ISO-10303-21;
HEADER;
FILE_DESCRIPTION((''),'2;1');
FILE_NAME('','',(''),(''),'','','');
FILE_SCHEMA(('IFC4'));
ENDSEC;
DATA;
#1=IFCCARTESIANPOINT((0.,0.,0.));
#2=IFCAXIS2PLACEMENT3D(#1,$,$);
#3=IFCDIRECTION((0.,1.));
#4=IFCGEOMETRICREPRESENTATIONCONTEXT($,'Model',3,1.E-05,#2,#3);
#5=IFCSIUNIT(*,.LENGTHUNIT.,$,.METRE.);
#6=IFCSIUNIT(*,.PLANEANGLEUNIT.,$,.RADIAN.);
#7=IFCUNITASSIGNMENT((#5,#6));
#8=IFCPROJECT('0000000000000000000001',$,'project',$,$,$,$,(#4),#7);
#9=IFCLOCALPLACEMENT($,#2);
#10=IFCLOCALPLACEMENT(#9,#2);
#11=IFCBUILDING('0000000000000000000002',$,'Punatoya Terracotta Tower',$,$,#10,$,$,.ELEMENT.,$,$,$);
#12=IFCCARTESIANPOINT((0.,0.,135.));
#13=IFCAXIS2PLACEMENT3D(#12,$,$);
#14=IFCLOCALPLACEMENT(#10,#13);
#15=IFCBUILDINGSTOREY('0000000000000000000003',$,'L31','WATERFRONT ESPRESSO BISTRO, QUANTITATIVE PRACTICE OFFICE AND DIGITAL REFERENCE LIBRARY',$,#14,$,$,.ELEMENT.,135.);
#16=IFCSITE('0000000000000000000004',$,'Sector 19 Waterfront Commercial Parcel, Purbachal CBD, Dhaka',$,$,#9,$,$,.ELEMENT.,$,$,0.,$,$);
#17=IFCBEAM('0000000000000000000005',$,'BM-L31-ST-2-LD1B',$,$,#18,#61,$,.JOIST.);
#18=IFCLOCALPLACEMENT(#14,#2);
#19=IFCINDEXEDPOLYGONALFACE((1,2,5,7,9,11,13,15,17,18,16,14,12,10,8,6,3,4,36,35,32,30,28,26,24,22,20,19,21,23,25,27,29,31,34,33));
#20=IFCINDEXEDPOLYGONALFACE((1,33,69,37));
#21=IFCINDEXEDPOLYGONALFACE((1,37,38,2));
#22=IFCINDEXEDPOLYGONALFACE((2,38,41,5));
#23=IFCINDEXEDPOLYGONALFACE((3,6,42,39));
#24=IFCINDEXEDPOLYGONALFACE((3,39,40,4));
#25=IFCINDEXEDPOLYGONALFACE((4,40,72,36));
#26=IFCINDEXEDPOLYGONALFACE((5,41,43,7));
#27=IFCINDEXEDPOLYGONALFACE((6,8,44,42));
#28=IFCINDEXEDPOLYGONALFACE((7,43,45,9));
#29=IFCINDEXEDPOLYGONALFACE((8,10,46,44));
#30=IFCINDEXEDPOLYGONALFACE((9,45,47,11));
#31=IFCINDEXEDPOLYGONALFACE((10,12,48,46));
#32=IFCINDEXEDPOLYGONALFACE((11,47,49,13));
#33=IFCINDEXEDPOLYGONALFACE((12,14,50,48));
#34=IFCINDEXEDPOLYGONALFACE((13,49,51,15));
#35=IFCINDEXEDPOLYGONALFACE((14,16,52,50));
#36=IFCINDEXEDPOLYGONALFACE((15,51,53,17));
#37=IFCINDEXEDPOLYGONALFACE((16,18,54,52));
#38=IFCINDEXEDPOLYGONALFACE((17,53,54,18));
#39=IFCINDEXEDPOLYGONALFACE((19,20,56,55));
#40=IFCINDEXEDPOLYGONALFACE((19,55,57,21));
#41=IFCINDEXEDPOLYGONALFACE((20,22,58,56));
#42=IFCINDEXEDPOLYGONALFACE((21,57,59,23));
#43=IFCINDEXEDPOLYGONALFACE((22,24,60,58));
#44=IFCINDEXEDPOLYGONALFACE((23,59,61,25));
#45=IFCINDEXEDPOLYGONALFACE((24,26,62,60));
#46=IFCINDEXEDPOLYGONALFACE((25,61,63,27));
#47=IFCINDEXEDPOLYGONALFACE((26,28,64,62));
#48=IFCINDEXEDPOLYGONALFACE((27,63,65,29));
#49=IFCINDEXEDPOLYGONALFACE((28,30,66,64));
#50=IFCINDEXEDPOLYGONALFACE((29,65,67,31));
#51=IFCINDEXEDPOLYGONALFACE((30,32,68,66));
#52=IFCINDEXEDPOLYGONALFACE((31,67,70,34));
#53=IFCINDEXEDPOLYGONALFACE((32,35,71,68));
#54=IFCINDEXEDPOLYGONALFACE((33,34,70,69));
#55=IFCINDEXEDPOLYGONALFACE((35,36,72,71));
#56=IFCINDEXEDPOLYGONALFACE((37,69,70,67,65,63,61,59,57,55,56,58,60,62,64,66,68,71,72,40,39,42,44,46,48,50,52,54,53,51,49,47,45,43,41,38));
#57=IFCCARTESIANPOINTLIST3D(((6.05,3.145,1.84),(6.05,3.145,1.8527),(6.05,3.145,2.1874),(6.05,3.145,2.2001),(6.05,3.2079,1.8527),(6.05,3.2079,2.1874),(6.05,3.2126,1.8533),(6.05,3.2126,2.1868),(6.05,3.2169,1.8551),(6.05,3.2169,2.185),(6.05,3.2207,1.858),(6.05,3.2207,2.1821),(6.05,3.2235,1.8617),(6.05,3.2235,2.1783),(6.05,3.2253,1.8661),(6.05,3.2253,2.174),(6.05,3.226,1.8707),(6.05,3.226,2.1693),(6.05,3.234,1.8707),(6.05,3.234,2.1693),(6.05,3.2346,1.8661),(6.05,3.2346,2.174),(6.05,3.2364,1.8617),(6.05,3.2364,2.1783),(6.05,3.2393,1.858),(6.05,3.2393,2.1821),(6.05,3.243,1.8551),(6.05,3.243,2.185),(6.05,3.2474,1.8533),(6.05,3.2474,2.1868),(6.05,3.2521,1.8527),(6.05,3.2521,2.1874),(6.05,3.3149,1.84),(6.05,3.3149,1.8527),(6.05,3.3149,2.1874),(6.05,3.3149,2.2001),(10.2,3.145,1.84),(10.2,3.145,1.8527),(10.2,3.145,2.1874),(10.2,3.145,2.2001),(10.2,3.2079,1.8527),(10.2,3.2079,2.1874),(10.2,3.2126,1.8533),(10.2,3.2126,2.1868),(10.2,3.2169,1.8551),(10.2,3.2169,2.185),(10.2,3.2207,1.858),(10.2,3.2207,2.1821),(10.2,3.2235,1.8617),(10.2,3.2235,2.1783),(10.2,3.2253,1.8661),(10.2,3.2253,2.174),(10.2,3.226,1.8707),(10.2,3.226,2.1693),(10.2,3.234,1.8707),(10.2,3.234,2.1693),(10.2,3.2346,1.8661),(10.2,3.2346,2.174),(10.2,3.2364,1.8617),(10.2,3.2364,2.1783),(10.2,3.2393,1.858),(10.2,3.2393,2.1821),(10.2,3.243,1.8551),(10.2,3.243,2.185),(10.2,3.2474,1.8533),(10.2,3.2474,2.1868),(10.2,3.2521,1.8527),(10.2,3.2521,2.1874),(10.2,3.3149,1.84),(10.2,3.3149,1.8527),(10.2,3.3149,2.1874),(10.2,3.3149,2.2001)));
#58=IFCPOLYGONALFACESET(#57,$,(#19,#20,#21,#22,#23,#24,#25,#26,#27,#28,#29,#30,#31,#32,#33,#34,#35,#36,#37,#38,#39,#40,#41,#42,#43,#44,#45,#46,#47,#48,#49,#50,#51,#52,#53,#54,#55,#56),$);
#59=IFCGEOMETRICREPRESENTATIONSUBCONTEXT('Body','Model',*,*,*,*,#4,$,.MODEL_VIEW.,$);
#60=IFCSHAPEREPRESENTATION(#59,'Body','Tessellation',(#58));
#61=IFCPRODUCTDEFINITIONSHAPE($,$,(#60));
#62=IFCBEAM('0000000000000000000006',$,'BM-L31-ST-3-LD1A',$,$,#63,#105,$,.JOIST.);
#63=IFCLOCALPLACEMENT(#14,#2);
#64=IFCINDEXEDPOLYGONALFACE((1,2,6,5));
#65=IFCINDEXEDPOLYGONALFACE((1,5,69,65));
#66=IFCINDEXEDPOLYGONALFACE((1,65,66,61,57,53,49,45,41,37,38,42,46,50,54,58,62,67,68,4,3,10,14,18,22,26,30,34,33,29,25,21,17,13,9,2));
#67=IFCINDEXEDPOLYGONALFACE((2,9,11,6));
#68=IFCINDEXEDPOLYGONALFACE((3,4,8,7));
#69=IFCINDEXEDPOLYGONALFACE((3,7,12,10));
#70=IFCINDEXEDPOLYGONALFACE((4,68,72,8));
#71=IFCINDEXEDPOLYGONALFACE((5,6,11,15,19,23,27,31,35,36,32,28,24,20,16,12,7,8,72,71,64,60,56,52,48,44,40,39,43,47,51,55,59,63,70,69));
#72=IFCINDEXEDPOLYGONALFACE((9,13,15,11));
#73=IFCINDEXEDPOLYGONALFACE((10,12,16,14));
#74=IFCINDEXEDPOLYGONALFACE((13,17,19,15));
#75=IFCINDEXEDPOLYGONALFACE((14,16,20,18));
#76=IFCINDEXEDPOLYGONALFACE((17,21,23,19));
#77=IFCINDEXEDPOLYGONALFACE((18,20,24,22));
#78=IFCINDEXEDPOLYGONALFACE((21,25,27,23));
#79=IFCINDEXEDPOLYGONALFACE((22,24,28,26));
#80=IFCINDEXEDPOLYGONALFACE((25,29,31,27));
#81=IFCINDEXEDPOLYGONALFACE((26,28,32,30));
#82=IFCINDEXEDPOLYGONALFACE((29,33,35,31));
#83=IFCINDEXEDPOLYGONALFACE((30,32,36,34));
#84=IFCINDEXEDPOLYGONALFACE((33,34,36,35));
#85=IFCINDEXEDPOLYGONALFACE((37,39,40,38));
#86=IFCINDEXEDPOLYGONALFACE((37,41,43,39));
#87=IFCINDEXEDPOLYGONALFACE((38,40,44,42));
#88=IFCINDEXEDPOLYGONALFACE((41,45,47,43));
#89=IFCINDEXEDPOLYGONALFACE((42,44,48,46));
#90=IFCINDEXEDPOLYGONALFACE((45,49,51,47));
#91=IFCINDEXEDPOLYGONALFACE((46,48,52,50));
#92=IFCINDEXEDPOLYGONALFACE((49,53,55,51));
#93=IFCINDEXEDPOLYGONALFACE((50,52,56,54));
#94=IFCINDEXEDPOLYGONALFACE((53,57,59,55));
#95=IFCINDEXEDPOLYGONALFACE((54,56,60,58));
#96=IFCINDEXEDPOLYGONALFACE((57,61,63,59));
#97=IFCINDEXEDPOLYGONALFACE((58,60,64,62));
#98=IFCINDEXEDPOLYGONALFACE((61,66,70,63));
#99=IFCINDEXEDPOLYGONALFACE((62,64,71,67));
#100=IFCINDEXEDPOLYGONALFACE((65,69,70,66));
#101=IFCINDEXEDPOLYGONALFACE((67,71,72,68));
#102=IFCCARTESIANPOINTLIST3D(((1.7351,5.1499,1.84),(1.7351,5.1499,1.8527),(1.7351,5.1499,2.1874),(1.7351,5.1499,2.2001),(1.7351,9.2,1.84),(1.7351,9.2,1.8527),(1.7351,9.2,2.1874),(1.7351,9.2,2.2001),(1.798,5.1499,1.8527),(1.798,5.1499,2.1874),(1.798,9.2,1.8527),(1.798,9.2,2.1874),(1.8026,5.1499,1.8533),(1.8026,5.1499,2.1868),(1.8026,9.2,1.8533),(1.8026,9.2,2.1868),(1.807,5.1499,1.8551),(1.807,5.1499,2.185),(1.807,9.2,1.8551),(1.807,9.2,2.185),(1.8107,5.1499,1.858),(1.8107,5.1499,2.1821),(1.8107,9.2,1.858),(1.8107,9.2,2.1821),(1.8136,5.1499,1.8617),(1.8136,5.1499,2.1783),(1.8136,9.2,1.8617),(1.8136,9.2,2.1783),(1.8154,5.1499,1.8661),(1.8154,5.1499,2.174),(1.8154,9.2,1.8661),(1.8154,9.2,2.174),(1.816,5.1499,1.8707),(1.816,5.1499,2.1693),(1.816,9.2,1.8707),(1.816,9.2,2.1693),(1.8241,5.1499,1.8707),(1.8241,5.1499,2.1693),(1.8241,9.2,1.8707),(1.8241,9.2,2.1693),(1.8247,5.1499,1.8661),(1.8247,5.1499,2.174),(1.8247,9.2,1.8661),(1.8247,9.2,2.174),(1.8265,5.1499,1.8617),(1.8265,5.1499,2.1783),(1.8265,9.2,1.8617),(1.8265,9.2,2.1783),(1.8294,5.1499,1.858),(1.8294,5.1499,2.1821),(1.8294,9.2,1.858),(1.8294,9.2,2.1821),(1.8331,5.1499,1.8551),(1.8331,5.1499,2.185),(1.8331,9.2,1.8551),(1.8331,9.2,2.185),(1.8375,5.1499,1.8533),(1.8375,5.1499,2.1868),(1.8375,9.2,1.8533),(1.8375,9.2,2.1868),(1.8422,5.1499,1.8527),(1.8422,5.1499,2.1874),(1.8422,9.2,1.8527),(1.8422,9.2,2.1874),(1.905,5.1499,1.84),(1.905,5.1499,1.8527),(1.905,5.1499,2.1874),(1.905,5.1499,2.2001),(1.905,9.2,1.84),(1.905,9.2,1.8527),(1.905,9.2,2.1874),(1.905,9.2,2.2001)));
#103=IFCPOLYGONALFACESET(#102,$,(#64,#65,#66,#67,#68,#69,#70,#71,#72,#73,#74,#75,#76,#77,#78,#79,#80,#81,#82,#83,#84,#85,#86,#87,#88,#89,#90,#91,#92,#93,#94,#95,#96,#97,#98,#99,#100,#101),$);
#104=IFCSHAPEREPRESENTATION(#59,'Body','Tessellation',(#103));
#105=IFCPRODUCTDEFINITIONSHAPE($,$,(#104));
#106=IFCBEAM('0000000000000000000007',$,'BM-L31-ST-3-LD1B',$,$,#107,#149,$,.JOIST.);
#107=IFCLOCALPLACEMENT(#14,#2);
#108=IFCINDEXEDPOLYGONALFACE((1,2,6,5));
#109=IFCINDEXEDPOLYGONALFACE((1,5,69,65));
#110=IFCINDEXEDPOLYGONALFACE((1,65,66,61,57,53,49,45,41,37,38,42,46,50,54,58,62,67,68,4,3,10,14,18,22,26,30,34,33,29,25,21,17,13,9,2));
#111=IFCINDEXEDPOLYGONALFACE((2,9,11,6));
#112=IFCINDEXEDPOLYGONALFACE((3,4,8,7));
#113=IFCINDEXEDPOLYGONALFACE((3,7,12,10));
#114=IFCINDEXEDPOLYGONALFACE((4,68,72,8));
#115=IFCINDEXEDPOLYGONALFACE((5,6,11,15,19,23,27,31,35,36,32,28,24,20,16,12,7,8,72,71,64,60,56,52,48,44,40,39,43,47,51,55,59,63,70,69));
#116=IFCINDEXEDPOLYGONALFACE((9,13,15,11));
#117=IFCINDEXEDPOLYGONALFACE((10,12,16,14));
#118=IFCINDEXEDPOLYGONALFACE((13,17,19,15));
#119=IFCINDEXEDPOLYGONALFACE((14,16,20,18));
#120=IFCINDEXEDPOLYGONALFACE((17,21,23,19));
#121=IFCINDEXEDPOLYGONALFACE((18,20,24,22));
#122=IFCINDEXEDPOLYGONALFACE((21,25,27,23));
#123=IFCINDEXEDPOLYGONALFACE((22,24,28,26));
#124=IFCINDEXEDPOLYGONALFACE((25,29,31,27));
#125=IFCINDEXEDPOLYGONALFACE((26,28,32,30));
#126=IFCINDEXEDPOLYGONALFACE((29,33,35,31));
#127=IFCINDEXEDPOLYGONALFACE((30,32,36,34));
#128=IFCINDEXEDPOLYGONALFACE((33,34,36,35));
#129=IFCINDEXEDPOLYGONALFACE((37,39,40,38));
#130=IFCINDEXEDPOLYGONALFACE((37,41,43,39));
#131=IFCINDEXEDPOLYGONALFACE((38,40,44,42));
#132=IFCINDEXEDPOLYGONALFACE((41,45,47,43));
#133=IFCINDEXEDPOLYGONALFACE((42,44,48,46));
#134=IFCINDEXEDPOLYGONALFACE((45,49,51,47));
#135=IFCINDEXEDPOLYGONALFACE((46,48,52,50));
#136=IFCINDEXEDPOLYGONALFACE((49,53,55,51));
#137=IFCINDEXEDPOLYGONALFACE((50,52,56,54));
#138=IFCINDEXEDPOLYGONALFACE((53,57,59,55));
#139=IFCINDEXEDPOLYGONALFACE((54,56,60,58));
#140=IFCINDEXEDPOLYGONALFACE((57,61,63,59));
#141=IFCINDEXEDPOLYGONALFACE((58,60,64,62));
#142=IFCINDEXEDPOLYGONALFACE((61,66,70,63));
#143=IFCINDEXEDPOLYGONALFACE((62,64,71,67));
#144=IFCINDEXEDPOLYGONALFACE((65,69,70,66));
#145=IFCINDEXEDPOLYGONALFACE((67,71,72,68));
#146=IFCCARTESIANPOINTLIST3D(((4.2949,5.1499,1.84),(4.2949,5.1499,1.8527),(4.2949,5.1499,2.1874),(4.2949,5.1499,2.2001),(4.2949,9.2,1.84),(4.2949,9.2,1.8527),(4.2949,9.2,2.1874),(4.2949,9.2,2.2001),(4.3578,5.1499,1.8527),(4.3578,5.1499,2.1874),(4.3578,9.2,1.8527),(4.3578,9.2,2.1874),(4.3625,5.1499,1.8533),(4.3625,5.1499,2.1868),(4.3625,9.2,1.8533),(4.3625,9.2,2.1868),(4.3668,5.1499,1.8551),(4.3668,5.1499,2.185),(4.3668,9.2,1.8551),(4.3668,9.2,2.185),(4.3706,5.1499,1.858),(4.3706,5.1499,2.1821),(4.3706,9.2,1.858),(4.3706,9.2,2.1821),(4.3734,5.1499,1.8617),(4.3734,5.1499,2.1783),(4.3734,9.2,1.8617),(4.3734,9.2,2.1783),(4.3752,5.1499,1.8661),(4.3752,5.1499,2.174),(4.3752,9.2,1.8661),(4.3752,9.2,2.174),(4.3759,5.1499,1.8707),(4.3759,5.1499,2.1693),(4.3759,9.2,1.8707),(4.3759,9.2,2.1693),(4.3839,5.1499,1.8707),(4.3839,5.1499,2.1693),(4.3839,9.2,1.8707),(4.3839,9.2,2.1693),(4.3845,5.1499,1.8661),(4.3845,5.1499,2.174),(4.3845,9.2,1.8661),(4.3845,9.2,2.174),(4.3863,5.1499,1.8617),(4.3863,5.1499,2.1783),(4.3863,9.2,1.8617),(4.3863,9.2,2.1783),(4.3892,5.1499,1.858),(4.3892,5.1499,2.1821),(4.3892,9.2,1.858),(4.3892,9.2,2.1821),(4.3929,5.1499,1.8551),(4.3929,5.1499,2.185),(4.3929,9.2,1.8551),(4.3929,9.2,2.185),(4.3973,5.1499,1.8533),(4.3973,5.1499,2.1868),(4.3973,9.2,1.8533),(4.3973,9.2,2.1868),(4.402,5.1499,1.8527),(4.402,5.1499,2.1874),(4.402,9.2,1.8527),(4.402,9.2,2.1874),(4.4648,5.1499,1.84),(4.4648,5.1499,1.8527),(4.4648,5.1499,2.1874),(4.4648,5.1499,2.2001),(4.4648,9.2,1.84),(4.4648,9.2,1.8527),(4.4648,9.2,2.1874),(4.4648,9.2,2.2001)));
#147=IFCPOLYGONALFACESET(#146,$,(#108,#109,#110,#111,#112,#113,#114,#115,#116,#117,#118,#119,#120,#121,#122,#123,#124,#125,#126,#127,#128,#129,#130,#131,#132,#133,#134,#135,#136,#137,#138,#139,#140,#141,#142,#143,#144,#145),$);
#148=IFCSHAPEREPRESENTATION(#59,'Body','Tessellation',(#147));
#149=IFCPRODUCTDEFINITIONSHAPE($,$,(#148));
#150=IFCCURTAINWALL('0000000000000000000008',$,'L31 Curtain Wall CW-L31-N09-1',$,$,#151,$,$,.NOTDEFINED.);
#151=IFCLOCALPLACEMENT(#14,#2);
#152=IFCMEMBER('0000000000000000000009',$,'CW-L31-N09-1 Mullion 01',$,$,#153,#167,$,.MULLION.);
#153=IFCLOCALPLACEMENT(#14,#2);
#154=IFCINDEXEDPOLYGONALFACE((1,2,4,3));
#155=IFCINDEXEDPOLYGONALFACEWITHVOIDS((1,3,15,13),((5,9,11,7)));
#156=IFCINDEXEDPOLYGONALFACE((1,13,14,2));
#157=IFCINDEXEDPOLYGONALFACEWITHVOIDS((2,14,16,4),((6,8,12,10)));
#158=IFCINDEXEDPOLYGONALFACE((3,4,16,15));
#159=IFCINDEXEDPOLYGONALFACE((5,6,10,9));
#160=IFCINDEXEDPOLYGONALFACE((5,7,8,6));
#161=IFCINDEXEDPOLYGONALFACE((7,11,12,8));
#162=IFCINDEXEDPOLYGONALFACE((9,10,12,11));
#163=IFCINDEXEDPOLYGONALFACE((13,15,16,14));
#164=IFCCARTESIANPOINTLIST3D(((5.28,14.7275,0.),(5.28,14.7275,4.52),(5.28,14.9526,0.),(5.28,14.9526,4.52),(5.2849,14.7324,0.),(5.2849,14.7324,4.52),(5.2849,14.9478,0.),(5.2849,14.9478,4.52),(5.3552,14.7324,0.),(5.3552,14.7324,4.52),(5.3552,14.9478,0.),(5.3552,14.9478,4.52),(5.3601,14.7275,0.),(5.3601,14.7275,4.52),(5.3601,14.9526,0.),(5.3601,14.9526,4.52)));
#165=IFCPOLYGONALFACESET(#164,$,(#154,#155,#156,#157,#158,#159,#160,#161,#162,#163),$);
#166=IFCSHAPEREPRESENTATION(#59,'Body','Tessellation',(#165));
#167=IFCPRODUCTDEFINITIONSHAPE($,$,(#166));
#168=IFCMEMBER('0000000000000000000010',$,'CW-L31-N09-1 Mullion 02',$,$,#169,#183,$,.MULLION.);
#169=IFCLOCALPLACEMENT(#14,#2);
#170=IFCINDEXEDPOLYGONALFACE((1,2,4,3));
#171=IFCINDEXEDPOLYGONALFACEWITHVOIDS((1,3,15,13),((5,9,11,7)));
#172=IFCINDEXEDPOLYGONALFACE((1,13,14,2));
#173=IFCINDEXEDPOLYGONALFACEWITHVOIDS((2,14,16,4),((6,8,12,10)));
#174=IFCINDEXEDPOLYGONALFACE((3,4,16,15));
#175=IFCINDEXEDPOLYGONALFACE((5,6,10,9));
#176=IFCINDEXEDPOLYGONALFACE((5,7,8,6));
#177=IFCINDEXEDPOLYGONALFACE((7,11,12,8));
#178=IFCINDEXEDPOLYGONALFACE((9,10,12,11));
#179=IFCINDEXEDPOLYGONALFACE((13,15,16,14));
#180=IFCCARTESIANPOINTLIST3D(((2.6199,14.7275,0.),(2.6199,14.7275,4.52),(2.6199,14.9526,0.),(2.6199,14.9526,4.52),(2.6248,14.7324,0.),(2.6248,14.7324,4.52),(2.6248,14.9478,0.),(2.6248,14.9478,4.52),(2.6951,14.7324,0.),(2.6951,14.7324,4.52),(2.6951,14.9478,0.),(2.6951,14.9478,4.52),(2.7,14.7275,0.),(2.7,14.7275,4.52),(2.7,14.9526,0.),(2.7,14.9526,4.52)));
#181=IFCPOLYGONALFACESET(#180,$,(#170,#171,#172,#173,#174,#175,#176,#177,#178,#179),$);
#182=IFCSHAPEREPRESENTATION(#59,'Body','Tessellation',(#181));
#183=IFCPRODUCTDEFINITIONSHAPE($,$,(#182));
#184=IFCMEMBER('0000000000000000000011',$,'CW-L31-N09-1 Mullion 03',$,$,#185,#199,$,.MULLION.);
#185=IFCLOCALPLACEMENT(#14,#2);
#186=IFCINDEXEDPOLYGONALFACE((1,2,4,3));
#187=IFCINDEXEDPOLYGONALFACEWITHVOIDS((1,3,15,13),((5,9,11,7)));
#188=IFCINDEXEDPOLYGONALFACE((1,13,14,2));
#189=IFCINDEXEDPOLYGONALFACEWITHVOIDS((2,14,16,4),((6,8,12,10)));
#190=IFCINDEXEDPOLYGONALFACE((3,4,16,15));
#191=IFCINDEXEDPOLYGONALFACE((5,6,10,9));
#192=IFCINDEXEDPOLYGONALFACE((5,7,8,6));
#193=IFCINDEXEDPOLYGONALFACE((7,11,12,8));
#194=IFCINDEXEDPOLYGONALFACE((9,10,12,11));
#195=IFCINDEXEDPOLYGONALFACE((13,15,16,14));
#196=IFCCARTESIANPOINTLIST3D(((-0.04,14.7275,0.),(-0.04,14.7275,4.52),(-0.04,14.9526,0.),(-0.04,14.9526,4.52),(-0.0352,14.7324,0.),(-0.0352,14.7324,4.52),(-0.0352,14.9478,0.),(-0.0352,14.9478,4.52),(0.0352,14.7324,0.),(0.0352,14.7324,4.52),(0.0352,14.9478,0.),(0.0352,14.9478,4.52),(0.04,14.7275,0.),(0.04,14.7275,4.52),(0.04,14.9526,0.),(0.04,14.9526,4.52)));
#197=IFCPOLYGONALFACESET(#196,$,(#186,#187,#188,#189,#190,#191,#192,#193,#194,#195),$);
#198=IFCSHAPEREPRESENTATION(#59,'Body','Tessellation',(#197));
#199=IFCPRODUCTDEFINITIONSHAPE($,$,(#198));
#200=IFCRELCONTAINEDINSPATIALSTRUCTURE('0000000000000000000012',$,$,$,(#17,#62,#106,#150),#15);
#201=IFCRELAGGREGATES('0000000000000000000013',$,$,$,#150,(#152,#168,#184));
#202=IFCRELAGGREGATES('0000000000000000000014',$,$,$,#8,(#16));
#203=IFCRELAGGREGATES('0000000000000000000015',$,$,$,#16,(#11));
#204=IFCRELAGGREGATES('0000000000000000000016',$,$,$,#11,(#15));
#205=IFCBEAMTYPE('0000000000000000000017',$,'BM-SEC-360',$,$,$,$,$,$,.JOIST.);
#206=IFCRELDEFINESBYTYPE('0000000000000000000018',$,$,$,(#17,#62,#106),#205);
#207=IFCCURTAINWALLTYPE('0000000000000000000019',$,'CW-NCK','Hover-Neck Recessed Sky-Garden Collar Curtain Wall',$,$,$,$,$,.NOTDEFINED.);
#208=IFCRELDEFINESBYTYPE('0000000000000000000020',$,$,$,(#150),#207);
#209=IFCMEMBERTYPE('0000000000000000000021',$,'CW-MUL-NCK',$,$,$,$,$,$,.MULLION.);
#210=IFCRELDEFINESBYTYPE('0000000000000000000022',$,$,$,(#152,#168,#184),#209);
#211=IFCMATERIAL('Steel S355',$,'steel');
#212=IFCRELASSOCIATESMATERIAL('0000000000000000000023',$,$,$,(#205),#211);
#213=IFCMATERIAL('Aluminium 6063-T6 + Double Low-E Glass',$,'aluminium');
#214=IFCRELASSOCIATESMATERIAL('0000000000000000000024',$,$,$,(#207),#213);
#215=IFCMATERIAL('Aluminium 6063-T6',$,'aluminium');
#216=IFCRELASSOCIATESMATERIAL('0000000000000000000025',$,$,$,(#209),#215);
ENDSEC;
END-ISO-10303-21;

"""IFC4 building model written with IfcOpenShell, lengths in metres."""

from ifc_helpers import new_model, si_unit, direction, frame, origin, origin_2d, place, context, subcontext, project, spatial, hollow_rectangle, i_section, extrude, material, material_profile, profile_set, type_object, element, aggregate, save


model = new_model("IFC4")

# Units and contexts
model_context = context("Model", 3, precision=1e-05, world=origin(), true_north=direction((0.0, 1.0)))
body_context = subcontext(model_context, "Body", "Model", "MODEL_VIEW")
ifc_project = project(units=[si_unit("LENGTHUNIT", "METRE"), si_unit("PLANEANGLEUNIT", "RADIAN")], contexts=[model_context])

# Site, building, storey
site_placement = place(None, origin())
site = spatial("IfcSite", under=ifc_project, at=site_placement, Name="Sector 19 Waterfront Commercial Parcel, Purbachal CBD, Dhaka", CompositionType="ELEMENT", RefElevation=0.0)
building_placement = place(site_placement, origin())
building = spatial("IfcBuilding", under=site, at=building_placement, Name="Punatoya Terracotta Tower", CompositionType="ELEMENT")
storey_placement = place(building_placement, frame((0.0, 0.0, 135.0)))
storey = spatial("IfcBuildingStorey", under=building, at=storey_placement, Name="L31", Description="WATERFRONT ESPRESSO BISTRO, QUANTITATIVE PRACTICE OFFICE AND DIGITAL REFERENCE LIBRARY", CompositionType="ELEMENT", Elevation=135.0)

# Beams
ifc_material_1 = material(Name="Steel S355", Category="steel")
ifc_material_profile_1 = material_profile(ifc_material_1, i_section(OverallWidth=0.1699, OverallDepth=0.3601, WebThickness=0.0081, FlangeThickness=0.0127, FilletRadius=0.0181, at=origin_2d()))
ifc_profile_set_1 = profile_set([ifc_material_profile_1], Name="Steel S355")
beam_type_1 = type_object("IfcBeamType", Name="BM-SEC-360", PredefinedType="JOIST", material=ifc_profile_set_1)
for number, where, z_axis, x_axis, name in (
    (1, (6.05, 3.23, 2.02), (1.0, 0.0, 0.0), (0.0, 1.0, 0.0), "BM-L31-ST-2-LD1B"),
):
    element("IfcBeam", number, at=place(storey_placement, frame(where, z_axis=z_axis, x_axis=x_axis)), inside=storey, type_object=beam_type_1, Name=name, PredefinedType="JOIST", context=body_context, shape_type="SweptSolid", body=[
        extrude(i_section(OverallWidth=0.1699, OverallDepth=0.3601, WebThickness=0.0081, FlangeThickness=0.0127, FilletRadius=0.0181, at=origin_2d()), origin(), (0.0, 0.0, 1.0), 4.1499),
    ])
for number, where, z_axis, x_axis, name in (
    (2, (1.8201, 5.1499, 2.02), (0.0, 1.0, 0.0), (-1.0, 0.0, 0.0), "BM-L31-ST-3-LD1A"),
    (3, (4.3799, 5.1499, 2.02), (0.0, 1.0, 0.0), (-1.0, 0.0, 0.0), "BM-L31-ST-3-LD1B"),
):
    element("IfcBeam", number, at=place(storey_placement, frame(where, z_axis=z_axis, x_axis=x_axis)), inside=storey, type_object=beam_type_1, Name=name, PredefinedType="JOIST", context=body_context, shape_type="SweptSolid", body=[
        extrude(i_section(OverallWidth=0.1699, OverallDepth=0.3601, WebThickness=0.0081, FlangeThickness=0.0127, FilletRadius=0.0181, at=origin_2d()), origin(), (0.0, 0.0, 1.0), 4.05),
    ])

# Curtain wall, members
ifc_material_2 = material(Name="Aluminium 6063-T6 + Double Low-E Glass", Category="aluminium")
curtain_wall_type = type_object("IfcCurtainWallType", Name="CW-NCK", Description="Hover-Neck Recessed Sky-Garden Collar Curtain Wall", PredefinedType="NOTDEFINED", material=ifc_material_2)
curtain_wall_placement = place(storey_placement, origin())
curtain_wall = element("IfcCurtainWall", 4, at=curtain_wall_placement, inside=storey, type_object=curtain_wall_type, Name="L31 Curtain Wall CW-L31-N09-1", PredefinedType="NOTDEFINED")
ifc_material_3 = material(Name="Aluminium 6063-T6", Category="aluminium")
ifc_material_profile_2 = material_profile(ifc_material_3, hollow_rectangle(XDim=0.0801, YDim=0.2251, WallThickness=0.0049, at=origin_2d()))
ifc_profile_set_2 = profile_set([ifc_material_profile_2], Name="Aluminium 6063-T6")
member_type = type_object("IfcMemberType", Name="CW-MUL-NCK", PredefinedType="MULLION", material=ifc_profile_set_2)
member_1_placement = place(storey_placement, frame((5.3201, 14.8401, 0.0), z_axis=(0.0, 0.0, 1.0), x_axis=(1.0, 0.0, 0.0)))
member_1 = element("IfcMember", 5, at=member_1_placement, type_object=member_type, Name="CW-L31-N09-1 Mullion 01", PredefinedType="MULLION", context=body_context, shape_type="SweptSolid", body=[
    extrude(hollow_rectangle(XDim=0.0801, YDim=0.2251, WallThickness=0.0049, at=origin_2d()), origin(), (0.0, 0.0, 1.0), 4.52),
])
member_2_placement = place(storey_placement, frame((2.6599, 14.8401, 0.0), z_axis=(0.0, 0.0, 1.0), x_axis=(1.0, 0.0, 0.0)))
member_2 = element("IfcMember", 6, at=member_2_placement, type_object=member_type, Name="CW-L31-N09-1 Mullion 02", PredefinedType="MULLION", context=body_context, shape_type="SweptSolid", body=[
    extrude(hollow_rectangle(XDim=0.0801, YDim=0.2251, WallThickness=0.0049, at=origin_2d()), origin(), (0.0, 0.0, 1.0), 4.52),
])
member_3_placement = place(storey_placement, frame((0.0, 14.8401, 0.0), z_axis=(0.0, 0.0, 1.0), x_axis=(1.0, 0.0, 0.0)))
member_3 = element("IfcMember", 7, at=member_3_placement, type_object=member_type, Name="CW-L31-N09-1 Mullion 03", PredefinedType="MULLION", context=body_context, shape_type="SweptSolid", body=[
    extrude(hollow_rectangle(XDim=0.0801, YDim=0.2251, WallThickness=0.0049, at=origin_2d()), origin(), (0.0, 0.0, 1.0), 4.52),
])
aggregate(curtain_wall, [member_1, member_2, member_3])

save(model, "model.ifc")
